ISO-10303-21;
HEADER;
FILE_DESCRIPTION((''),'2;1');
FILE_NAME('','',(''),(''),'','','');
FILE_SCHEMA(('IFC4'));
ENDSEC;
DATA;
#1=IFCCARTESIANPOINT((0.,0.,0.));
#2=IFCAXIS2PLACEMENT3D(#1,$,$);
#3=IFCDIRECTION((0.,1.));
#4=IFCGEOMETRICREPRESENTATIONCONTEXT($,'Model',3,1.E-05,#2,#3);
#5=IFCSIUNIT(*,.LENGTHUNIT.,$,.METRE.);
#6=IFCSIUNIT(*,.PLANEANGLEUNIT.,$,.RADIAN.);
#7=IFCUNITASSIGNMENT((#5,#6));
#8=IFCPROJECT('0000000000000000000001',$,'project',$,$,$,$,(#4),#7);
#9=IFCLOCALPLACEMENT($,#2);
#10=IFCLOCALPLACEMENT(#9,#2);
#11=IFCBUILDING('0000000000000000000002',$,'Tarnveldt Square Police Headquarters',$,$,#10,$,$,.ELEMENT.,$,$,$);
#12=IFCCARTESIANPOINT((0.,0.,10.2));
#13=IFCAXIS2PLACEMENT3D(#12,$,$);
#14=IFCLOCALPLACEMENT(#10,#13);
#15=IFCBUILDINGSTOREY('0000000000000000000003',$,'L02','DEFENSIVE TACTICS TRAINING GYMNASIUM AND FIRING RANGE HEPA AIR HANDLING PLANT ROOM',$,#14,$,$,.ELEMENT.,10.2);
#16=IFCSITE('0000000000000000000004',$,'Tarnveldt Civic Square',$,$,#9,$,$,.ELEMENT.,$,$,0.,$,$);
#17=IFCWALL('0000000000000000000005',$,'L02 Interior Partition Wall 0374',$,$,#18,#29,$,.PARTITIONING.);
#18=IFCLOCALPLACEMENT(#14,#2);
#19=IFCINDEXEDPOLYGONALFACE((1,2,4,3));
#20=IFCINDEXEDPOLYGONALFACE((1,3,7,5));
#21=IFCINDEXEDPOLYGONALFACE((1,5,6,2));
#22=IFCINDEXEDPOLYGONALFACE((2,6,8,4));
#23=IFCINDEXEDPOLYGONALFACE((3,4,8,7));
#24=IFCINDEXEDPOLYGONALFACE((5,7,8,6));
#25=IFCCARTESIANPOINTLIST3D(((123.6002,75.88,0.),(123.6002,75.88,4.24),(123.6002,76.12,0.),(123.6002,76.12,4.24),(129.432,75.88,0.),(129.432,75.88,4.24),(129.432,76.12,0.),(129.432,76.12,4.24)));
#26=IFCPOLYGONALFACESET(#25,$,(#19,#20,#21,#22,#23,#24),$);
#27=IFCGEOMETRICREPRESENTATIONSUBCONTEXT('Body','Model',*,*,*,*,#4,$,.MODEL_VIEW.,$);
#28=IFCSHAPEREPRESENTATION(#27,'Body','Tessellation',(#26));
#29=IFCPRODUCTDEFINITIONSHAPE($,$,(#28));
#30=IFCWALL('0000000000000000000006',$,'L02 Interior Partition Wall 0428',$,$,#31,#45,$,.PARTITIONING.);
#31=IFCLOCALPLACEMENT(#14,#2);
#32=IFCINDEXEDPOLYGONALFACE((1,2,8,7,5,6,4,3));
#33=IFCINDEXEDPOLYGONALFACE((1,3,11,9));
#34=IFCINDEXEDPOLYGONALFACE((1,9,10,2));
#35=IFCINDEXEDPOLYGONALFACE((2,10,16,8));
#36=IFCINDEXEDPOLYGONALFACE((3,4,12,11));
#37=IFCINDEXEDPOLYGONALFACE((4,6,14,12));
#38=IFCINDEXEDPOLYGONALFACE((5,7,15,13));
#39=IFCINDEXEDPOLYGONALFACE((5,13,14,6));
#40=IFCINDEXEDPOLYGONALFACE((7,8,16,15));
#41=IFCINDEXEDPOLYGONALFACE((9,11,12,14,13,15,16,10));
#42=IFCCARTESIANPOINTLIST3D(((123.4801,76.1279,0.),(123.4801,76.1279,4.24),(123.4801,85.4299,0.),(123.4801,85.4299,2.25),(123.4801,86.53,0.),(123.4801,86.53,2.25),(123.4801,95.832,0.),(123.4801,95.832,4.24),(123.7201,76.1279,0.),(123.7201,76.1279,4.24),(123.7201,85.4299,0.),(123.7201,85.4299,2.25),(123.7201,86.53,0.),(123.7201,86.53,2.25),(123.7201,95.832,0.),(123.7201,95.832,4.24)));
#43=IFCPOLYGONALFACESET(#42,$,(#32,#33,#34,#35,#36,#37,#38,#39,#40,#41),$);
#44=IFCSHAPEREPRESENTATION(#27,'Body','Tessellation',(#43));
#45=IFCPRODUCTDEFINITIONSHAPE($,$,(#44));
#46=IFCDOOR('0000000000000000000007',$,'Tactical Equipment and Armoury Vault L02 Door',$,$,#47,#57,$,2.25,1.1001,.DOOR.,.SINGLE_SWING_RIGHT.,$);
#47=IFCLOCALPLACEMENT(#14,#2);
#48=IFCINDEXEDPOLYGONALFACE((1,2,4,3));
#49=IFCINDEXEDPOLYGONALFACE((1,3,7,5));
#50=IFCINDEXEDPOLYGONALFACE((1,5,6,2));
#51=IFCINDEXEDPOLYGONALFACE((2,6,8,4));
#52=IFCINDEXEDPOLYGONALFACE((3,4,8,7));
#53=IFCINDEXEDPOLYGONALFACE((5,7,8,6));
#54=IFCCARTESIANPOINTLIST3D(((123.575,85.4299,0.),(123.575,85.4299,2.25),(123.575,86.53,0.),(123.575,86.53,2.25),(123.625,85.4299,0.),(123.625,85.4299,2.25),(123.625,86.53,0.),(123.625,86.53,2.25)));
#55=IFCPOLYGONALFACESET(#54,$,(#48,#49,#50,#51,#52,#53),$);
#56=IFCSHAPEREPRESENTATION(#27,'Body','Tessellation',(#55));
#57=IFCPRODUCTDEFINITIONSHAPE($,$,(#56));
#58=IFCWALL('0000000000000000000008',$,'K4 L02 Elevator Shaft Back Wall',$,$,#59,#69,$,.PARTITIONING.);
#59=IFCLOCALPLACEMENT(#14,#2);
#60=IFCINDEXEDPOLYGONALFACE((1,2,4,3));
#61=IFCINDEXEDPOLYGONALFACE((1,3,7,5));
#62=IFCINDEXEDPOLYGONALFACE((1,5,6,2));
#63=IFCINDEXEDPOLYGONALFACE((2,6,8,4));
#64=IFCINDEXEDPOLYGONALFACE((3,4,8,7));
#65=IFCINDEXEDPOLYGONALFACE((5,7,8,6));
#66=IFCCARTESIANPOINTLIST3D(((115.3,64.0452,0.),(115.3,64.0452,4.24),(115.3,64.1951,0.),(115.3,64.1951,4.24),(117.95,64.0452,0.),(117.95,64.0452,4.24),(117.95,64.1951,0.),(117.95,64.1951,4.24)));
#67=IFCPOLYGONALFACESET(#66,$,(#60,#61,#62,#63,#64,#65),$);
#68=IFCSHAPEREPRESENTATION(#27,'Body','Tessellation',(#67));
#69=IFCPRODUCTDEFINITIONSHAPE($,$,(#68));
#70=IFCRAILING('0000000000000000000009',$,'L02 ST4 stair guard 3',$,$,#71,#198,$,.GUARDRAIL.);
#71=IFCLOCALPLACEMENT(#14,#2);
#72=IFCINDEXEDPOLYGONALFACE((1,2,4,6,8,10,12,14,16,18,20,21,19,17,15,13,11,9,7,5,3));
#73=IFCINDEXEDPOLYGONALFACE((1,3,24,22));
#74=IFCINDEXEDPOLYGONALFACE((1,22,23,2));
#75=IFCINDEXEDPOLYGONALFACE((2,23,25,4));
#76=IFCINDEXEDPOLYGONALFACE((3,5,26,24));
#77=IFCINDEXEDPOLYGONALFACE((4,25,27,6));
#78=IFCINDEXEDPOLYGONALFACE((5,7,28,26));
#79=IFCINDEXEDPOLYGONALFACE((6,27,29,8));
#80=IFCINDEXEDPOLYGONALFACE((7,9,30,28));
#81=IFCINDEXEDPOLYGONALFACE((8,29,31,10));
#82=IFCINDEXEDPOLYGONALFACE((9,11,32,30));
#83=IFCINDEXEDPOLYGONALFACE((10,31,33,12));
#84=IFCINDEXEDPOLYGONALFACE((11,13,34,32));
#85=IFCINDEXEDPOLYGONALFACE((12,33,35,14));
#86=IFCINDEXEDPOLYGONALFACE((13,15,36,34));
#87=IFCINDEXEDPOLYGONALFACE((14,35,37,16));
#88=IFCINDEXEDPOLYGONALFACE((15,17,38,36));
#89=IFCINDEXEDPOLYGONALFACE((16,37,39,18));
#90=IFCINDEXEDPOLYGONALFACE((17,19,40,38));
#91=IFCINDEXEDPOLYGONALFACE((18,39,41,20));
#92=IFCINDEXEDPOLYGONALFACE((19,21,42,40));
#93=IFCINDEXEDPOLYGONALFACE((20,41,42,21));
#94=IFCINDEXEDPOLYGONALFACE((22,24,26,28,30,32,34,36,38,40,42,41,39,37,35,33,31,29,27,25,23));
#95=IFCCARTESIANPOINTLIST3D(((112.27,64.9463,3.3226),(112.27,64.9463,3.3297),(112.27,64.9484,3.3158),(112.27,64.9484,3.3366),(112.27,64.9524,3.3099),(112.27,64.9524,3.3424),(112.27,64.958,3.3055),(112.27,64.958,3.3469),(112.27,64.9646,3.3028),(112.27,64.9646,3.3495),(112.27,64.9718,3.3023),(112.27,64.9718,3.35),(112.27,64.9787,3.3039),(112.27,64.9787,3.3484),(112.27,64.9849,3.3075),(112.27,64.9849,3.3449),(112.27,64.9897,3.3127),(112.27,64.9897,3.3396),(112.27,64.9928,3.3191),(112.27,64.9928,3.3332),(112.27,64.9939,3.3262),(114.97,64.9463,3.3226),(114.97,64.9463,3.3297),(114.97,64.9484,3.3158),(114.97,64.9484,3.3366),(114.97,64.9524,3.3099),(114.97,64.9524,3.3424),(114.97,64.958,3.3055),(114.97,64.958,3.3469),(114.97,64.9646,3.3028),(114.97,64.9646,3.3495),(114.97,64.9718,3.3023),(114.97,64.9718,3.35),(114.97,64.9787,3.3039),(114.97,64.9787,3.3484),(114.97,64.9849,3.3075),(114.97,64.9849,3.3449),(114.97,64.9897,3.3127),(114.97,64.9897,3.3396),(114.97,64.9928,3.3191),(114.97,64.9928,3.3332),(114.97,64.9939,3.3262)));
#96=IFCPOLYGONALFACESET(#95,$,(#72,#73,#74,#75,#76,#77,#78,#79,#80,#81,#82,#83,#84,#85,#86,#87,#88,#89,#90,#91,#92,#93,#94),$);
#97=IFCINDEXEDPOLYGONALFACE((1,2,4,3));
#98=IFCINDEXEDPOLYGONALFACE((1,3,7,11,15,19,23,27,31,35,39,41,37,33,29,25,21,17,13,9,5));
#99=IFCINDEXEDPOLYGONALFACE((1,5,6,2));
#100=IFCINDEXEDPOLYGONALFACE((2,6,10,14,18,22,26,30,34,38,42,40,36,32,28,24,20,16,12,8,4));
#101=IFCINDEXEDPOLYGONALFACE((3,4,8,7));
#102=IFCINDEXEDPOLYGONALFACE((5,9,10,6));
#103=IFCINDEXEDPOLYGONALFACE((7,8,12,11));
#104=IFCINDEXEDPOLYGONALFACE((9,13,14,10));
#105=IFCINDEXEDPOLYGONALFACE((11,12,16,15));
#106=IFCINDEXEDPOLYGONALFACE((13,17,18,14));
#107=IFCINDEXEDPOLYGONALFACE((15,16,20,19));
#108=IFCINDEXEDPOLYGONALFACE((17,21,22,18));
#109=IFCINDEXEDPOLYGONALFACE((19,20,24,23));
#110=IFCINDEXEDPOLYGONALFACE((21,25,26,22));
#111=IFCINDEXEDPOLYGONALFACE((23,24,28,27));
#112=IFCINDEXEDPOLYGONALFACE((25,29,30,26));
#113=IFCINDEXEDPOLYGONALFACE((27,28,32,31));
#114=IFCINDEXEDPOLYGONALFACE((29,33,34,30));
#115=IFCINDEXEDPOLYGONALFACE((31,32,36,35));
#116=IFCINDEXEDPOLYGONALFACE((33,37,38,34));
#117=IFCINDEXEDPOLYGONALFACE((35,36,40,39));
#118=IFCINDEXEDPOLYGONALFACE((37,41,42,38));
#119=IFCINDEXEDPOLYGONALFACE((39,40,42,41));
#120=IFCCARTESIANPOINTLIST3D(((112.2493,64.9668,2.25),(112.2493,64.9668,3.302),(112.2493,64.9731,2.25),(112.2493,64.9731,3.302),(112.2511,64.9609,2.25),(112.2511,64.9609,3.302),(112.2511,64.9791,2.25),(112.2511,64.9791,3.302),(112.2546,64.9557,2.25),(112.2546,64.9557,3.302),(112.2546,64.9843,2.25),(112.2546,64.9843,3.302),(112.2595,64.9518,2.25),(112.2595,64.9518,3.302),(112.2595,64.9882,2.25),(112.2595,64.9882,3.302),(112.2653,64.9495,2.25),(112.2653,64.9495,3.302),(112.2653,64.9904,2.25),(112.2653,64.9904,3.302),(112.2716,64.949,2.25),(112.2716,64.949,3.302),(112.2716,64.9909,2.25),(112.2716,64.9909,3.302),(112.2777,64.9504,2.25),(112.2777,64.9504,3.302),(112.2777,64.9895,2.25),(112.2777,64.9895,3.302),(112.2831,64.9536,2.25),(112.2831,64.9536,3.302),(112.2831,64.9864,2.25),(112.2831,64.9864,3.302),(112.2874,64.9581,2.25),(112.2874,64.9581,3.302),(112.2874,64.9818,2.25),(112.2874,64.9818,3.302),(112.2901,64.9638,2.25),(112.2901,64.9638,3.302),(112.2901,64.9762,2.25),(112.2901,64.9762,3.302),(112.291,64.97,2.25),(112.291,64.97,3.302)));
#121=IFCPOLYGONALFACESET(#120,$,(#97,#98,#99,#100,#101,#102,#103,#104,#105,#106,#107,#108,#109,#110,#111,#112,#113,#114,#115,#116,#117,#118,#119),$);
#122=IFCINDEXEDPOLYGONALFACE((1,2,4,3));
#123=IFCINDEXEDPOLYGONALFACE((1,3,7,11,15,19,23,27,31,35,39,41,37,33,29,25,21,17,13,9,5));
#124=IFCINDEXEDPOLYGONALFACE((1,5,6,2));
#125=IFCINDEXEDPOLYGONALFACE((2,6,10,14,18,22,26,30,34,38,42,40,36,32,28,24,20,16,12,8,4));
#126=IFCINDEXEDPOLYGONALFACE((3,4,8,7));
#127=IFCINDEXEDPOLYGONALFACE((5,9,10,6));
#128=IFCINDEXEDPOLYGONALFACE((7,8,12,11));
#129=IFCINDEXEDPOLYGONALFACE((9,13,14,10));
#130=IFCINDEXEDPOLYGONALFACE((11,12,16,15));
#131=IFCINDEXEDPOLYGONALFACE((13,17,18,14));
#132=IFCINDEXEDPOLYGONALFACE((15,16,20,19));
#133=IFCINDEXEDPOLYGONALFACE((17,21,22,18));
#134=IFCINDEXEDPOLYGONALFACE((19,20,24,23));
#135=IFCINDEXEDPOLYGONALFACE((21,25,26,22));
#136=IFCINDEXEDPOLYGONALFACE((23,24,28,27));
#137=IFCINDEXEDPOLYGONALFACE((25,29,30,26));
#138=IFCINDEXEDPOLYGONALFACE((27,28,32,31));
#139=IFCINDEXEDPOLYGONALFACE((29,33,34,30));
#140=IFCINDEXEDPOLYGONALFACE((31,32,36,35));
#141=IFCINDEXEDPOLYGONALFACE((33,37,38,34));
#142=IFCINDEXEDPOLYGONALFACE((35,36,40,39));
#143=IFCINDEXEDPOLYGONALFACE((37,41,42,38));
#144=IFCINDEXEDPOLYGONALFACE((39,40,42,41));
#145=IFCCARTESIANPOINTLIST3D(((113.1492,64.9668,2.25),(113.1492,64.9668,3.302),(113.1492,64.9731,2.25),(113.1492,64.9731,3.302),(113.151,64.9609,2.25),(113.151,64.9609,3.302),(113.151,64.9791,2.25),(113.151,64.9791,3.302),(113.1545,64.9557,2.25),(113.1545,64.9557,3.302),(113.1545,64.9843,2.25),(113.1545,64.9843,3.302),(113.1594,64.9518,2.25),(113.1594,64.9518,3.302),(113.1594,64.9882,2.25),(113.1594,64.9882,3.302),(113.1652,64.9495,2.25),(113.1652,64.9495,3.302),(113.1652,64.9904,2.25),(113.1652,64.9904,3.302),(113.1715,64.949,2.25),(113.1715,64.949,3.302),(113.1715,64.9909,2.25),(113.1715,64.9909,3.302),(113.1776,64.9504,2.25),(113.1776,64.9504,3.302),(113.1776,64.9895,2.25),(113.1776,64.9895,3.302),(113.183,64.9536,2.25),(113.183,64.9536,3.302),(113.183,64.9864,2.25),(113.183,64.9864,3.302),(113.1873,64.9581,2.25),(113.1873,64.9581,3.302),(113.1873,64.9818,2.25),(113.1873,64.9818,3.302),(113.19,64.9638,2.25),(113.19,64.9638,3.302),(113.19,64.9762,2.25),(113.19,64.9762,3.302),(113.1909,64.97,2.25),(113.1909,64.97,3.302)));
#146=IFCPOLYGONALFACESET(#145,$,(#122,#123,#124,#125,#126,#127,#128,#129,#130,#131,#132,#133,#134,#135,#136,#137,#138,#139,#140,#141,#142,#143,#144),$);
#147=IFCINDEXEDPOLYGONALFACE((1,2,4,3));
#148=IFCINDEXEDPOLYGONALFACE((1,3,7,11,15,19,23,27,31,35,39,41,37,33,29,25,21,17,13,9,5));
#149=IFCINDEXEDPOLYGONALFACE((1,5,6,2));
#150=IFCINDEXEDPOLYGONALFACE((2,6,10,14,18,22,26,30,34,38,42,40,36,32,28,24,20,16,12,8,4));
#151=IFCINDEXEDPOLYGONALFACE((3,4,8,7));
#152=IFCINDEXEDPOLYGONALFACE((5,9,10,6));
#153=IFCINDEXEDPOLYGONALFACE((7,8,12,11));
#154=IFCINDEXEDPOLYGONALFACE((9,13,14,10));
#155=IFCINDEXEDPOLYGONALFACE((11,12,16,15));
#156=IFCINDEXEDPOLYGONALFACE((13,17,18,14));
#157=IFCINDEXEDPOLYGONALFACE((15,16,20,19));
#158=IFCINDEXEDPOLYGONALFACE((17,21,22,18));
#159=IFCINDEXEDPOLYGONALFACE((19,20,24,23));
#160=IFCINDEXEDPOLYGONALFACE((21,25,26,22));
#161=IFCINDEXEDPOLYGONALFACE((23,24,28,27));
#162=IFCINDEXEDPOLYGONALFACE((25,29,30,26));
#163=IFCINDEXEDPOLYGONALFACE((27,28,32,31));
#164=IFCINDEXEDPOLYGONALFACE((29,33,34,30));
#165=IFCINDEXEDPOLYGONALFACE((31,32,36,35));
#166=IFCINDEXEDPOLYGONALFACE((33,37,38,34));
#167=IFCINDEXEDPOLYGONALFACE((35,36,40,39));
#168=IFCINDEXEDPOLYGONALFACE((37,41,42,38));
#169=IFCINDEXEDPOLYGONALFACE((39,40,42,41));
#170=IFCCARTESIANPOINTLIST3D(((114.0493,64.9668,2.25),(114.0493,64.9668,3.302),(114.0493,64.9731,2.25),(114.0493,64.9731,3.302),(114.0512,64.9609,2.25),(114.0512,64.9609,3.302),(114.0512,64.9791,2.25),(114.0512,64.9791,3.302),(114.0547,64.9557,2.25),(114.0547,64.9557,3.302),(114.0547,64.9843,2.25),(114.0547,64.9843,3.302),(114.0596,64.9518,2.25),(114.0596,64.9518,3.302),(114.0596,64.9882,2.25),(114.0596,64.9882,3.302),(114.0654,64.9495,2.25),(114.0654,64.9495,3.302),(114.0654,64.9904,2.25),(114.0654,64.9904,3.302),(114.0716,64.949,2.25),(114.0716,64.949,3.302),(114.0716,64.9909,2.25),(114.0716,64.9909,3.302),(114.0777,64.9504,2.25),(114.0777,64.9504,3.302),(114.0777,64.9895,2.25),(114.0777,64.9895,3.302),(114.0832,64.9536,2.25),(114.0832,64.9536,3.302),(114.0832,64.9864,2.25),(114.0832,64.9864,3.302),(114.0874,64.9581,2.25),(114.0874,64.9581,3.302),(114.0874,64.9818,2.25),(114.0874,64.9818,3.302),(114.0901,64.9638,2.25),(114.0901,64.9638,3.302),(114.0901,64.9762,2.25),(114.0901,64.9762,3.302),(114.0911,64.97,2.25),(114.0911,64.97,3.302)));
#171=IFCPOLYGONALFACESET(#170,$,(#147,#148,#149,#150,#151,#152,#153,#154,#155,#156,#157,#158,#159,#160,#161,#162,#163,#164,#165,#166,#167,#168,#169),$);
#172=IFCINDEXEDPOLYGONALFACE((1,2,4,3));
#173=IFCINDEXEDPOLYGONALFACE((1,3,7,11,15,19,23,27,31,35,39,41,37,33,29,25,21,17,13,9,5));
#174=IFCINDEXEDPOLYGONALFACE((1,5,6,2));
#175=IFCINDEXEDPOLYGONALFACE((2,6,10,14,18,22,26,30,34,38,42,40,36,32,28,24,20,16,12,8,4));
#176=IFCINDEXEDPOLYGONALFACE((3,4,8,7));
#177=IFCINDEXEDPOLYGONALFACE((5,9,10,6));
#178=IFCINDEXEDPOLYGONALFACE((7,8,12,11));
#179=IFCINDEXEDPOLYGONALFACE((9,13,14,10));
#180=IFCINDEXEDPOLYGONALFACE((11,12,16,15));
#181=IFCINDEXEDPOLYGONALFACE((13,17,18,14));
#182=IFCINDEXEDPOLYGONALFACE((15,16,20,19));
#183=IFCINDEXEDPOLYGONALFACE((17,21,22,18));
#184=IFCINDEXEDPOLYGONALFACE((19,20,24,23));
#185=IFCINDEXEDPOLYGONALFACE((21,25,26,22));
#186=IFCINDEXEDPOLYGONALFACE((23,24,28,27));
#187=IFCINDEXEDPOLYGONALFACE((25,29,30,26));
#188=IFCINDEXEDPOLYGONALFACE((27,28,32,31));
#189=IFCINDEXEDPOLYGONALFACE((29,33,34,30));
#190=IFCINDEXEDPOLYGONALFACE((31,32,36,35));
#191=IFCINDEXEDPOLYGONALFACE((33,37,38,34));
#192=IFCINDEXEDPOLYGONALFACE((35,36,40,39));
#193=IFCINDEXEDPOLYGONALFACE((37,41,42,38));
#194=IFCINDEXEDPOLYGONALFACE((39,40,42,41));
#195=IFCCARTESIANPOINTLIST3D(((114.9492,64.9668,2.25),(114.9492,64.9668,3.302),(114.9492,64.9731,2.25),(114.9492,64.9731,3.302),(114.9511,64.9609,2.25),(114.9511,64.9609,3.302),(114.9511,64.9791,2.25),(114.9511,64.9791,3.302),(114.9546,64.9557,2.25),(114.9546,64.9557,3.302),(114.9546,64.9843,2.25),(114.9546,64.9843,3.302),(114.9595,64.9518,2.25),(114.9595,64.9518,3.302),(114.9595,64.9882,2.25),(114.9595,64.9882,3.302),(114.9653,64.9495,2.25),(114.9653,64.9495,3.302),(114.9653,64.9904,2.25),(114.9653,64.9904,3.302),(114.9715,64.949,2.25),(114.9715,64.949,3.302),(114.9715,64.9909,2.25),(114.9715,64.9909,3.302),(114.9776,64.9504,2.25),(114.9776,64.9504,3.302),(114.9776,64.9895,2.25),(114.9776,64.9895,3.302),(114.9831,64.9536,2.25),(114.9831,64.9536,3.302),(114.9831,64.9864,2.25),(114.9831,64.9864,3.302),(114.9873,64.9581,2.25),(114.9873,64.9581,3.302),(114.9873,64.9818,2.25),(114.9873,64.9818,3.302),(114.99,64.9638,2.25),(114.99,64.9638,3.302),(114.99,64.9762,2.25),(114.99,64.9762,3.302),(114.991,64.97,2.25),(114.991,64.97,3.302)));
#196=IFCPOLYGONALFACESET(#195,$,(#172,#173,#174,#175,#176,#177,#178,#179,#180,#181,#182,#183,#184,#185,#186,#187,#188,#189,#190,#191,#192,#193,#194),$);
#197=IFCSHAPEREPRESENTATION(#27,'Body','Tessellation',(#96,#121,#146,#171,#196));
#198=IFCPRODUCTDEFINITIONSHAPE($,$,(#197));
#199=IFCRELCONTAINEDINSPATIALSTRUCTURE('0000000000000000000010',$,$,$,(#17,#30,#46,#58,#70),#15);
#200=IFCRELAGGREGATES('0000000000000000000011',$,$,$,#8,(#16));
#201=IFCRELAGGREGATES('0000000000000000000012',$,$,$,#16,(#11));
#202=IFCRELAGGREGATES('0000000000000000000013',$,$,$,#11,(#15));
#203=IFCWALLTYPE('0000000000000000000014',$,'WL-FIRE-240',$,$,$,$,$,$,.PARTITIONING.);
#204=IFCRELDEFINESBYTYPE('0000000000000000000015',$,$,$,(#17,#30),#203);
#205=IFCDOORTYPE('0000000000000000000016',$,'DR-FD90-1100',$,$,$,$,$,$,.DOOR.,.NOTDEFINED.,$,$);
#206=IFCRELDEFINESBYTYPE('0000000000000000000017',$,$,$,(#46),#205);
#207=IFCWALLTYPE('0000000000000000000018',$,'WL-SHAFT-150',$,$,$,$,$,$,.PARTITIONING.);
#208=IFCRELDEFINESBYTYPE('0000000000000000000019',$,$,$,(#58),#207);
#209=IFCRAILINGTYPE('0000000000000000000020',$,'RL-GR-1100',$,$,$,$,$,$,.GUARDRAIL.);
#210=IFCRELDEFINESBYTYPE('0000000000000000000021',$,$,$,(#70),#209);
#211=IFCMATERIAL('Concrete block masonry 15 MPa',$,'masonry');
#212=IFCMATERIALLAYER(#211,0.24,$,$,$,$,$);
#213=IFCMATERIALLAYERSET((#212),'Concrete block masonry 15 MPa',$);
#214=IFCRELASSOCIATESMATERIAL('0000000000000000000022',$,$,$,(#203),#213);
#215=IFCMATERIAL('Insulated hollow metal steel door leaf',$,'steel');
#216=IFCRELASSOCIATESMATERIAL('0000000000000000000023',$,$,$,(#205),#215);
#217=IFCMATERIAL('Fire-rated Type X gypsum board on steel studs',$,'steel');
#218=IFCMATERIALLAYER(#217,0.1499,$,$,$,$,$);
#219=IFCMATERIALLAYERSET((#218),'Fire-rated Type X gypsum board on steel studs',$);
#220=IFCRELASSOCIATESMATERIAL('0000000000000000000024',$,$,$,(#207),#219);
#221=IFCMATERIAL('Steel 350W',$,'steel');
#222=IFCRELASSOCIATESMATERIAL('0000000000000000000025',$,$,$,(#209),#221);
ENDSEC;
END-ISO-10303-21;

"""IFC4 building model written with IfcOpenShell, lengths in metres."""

from ifc_helpers import new_model, si_unit, direction, frame, frame_2d, origin, origin_2d, place, context, subcontext, project, spatial, rectangle, circle, extrude, material, layer, layer_set, type_object, element, fill, save


model = new_model("IFC4")

# Units and contexts
model_context = context("Model", 3, precision=1e-05, world=origin(), true_north=direction((0.0, 1.0)))
body_context = subcontext(model_context, "Body", "Model", "MODEL_VIEW")
ifc_project = project(units=[si_unit("LENGTHUNIT", "METRE"), si_unit("PLANEANGLEUNIT", "RADIAN")], contexts=[model_context])

# Site, building, storey
site_placement = place(None, origin())
site = spatial("IfcSite", under=ifc_project, at=site_placement, Name="Tarnveldt Civic Square", CompositionType="ELEMENT", RefElevation=0.0)
building_placement = place(site_placement, origin())
building = spatial("IfcBuilding", under=site, at=building_placement, Name="Tarnveldt Square Police Headquarters", CompositionType="ELEMENT")
storey_placement = place(building_placement, frame((0.0, 0.0, 10.2)))
storey = spatial("IfcBuildingStorey", under=building, at=storey_placement, Name="L02", Description="DEFENSIVE TACTICS TRAINING GYMNASIUM AND FIRING RANGE HEPA AIR HANDLING PLANT ROOM", CompositionType="ELEMENT", Elevation=10.2)

# Shared definitions
ifc_material_1 = material(Name="Steel 350W", Category="steel")

# Shared definitions
ifc_material_2 = material(Name="Fire-rated Type X gypsum board on steel studs", Category="steel")

# Wall
ifc_material_3 = material(Name="Concrete block masonry 15 MPa", Category="masonry")
ifc_layer_1 = layer(ifc_material_3, 0.24)
ifc_layer_set_1 = layer_set([ifc_layer_1], Name="Concrete block masonry 15 MPa")
wall_type_1 = type_object("IfcWallType", Name="WL-FIRE-240", PredefinedType="PARTITIONING", material=ifc_layer_set_1)
wall_1_placement = place(storey_placement, frame((123.6001, 76.0, 0.0), z_axis=(0.0, 0.0, 1.0), x_axis=(1.0, 0.0, 0.0)))
element("IfcWall", 1, at=wall_1_placement, inside=storey, type_object=wall_type_1, Name="L02 Interior Partition Wall 0374", PredefinedType="PARTITIONING", context=body_context, shape_type="SweptSolid", body=[
    extrude(rectangle(XDim=5.8318, YDim=0.24, at=frame_2d((2.916, 0.0))), origin(), (0.0, 0.0, 1.0), 4.24),
])

# Wall, opening, door
wall_2_placement = place(storey_placement, frame((123.6001, 76.1279, 0.0), z_axis=(0.0, 0.0, 1.0), x_axis=(0.0, 1.0, 0.0)))
wall_2 = element("IfcWall", 2, at=wall_2_placement, inside=storey, type_object=wall_type_1, Name="L02 Interior Partition Wall 0428", PredefinedType="PARTITIONING", context=body_context, shape_type="SweptSolid", body=[
    extrude(rectangle(XDim=19.7041, YDim=0.24, at=frame_2d((9.8521, 0.0))), origin(), (0.0, 0.0, 1.0), 4.24),
])
opening_1_placement = place(wall_2_placement, frame((9.302, 0.0, 0.0)))
opening_1 = element("IfcOpeningElement", 3, at=opening_1_placement, cuts=wall_2, PredefinedType="OPENING", context=body_context, shape_type="SweptSolid", body=[
    extrude(rectangle(XDim=1.1001, YDim=2.25, at=frame_2d((0.55, 1.125))), frame((0.0, 0.1299, 0.0), z_axis=(0.0, -1.0, 0.0), x_axis=(1.0, 0.0, 0.0)), (0.0, 0.0, 1.0), 0.26),
])
ifc_material_4 = material(Name="Insulated hollow metal steel door leaf", Category="steel")
door_type_1 = type_object("IfcDoorType", Name="DR-FD90-1100", OperationType="NOTDEFINED", PredefinedType="DOOR", material=ifc_material_4)
door_1_placement = place(opening_1_placement, frame((1.1001, 0.0, 0.0), z_axis=(0.0, 0.0, 1.0), x_axis=(-1.0, 0.0, 0.0)))
door_1 = element("IfcDoor", 4, at=door_1_placement, inside=storey, type_object=door_type_1, Name="Tactical Equipment and Armoury Vault L02 Door", OperationType="SINGLE_SWING_RIGHT", OverallHeight=2.25, OverallWidth=1.1001, PredefinedType="DOOR", context=body_context, shape_type="SweptSolid", body=[
    extrude(rectangle(XDim=1.1001, YDim=2.25, at=frame_2d((0.55, 1.125))), frame((0.0, 0.0249, 0.0), z_axis=(0.0, -1.0, 0.0), x_axis=(1.0, 0.0, 0.0)), (0.0, 0.0, 1.0), 0.05),
])
fill(opening_1, door_1)

# Wall
ifc_layer_2 = layer(ifc_material_2, 0.1499)
ifc_layer_set_2 = layer_set([ifc_layer_2], Name="Fire-rated Type X gypsum board on steel studs")
wall_type_2 = type_object("IfcWallType", Name="WL-SHAFT-150", PredefinedType="PARTITIONING", material=ifc_layer_set_2)
wall_3_placement = place(storey_placement, frame((115.3, 64.1201, 0.0), z_axis=(0.0, 0.0, 1.0), x_axis=(1.0, 0.0, 0.0)))
element("IfcWall", 5, at=wall_3_placement, inside=storey, type_object=wall_type_2, Name="K4 L02 Elevator Shaft Back Wall", PredefinedType="PARTITIONING", context=body_context, shape_type="SweptSolid", body=[
    extrude(rectangle(XDim=2.6499, YDim=0.1499, at=frame_2d((1.325, 0.0))), origin(), (0.0, 0.0, 1.0), 4.24),
])

# Railing
railing_type_1 = type_object("IfcRailingType", Name="RL-GR-1100", PredefinedType="GUARDRAIL", material=ifc_material_1)
railing_1_placement = place(storey_placement, frame((112.27, 64.97, 2.25)))
element("IfcRailing", 6, at=railing_1_placement, inside=storey, type_object=railing_type_1, Name="L02 ST4 stair guard 3", PredefinedType="GUARDRAIL", context=body_context, shape_type="SweptSolid", body=[
    extrude(circle(Radius=0.0239, at=origin_2d()), frame((0.0, 0.0, 1.0762), z_axis=(1.0, 0.0, 0.0), x_axis=(0.0, 1.0, 0.0)), (0.0, 0.0, 1.0), 2.7),
    extrude(circle(Radius=0.021, at=origin_2d()), origin(), (0.0, 0.0, 1.0), 1.052),
    extrude(circle(Radius=0.021, at=origin_2d()), frame((0.8999, 0.0, 0.0)), (0.0, 0.0, 1.0), 1.052),
    extrude(circle(Radius=0.021, at=origin_2d()), frame((1.8, 0.0, 0.0)), (0.0, 0.0, 1.0), 1.052),
    extrude(circle(Radius=0.021, at=origin_2d()), frame((2.7, 0.0, 0.0)), (0.0, 0.0, 1.0), 1.052),
])

save(model, "model.ifc")
